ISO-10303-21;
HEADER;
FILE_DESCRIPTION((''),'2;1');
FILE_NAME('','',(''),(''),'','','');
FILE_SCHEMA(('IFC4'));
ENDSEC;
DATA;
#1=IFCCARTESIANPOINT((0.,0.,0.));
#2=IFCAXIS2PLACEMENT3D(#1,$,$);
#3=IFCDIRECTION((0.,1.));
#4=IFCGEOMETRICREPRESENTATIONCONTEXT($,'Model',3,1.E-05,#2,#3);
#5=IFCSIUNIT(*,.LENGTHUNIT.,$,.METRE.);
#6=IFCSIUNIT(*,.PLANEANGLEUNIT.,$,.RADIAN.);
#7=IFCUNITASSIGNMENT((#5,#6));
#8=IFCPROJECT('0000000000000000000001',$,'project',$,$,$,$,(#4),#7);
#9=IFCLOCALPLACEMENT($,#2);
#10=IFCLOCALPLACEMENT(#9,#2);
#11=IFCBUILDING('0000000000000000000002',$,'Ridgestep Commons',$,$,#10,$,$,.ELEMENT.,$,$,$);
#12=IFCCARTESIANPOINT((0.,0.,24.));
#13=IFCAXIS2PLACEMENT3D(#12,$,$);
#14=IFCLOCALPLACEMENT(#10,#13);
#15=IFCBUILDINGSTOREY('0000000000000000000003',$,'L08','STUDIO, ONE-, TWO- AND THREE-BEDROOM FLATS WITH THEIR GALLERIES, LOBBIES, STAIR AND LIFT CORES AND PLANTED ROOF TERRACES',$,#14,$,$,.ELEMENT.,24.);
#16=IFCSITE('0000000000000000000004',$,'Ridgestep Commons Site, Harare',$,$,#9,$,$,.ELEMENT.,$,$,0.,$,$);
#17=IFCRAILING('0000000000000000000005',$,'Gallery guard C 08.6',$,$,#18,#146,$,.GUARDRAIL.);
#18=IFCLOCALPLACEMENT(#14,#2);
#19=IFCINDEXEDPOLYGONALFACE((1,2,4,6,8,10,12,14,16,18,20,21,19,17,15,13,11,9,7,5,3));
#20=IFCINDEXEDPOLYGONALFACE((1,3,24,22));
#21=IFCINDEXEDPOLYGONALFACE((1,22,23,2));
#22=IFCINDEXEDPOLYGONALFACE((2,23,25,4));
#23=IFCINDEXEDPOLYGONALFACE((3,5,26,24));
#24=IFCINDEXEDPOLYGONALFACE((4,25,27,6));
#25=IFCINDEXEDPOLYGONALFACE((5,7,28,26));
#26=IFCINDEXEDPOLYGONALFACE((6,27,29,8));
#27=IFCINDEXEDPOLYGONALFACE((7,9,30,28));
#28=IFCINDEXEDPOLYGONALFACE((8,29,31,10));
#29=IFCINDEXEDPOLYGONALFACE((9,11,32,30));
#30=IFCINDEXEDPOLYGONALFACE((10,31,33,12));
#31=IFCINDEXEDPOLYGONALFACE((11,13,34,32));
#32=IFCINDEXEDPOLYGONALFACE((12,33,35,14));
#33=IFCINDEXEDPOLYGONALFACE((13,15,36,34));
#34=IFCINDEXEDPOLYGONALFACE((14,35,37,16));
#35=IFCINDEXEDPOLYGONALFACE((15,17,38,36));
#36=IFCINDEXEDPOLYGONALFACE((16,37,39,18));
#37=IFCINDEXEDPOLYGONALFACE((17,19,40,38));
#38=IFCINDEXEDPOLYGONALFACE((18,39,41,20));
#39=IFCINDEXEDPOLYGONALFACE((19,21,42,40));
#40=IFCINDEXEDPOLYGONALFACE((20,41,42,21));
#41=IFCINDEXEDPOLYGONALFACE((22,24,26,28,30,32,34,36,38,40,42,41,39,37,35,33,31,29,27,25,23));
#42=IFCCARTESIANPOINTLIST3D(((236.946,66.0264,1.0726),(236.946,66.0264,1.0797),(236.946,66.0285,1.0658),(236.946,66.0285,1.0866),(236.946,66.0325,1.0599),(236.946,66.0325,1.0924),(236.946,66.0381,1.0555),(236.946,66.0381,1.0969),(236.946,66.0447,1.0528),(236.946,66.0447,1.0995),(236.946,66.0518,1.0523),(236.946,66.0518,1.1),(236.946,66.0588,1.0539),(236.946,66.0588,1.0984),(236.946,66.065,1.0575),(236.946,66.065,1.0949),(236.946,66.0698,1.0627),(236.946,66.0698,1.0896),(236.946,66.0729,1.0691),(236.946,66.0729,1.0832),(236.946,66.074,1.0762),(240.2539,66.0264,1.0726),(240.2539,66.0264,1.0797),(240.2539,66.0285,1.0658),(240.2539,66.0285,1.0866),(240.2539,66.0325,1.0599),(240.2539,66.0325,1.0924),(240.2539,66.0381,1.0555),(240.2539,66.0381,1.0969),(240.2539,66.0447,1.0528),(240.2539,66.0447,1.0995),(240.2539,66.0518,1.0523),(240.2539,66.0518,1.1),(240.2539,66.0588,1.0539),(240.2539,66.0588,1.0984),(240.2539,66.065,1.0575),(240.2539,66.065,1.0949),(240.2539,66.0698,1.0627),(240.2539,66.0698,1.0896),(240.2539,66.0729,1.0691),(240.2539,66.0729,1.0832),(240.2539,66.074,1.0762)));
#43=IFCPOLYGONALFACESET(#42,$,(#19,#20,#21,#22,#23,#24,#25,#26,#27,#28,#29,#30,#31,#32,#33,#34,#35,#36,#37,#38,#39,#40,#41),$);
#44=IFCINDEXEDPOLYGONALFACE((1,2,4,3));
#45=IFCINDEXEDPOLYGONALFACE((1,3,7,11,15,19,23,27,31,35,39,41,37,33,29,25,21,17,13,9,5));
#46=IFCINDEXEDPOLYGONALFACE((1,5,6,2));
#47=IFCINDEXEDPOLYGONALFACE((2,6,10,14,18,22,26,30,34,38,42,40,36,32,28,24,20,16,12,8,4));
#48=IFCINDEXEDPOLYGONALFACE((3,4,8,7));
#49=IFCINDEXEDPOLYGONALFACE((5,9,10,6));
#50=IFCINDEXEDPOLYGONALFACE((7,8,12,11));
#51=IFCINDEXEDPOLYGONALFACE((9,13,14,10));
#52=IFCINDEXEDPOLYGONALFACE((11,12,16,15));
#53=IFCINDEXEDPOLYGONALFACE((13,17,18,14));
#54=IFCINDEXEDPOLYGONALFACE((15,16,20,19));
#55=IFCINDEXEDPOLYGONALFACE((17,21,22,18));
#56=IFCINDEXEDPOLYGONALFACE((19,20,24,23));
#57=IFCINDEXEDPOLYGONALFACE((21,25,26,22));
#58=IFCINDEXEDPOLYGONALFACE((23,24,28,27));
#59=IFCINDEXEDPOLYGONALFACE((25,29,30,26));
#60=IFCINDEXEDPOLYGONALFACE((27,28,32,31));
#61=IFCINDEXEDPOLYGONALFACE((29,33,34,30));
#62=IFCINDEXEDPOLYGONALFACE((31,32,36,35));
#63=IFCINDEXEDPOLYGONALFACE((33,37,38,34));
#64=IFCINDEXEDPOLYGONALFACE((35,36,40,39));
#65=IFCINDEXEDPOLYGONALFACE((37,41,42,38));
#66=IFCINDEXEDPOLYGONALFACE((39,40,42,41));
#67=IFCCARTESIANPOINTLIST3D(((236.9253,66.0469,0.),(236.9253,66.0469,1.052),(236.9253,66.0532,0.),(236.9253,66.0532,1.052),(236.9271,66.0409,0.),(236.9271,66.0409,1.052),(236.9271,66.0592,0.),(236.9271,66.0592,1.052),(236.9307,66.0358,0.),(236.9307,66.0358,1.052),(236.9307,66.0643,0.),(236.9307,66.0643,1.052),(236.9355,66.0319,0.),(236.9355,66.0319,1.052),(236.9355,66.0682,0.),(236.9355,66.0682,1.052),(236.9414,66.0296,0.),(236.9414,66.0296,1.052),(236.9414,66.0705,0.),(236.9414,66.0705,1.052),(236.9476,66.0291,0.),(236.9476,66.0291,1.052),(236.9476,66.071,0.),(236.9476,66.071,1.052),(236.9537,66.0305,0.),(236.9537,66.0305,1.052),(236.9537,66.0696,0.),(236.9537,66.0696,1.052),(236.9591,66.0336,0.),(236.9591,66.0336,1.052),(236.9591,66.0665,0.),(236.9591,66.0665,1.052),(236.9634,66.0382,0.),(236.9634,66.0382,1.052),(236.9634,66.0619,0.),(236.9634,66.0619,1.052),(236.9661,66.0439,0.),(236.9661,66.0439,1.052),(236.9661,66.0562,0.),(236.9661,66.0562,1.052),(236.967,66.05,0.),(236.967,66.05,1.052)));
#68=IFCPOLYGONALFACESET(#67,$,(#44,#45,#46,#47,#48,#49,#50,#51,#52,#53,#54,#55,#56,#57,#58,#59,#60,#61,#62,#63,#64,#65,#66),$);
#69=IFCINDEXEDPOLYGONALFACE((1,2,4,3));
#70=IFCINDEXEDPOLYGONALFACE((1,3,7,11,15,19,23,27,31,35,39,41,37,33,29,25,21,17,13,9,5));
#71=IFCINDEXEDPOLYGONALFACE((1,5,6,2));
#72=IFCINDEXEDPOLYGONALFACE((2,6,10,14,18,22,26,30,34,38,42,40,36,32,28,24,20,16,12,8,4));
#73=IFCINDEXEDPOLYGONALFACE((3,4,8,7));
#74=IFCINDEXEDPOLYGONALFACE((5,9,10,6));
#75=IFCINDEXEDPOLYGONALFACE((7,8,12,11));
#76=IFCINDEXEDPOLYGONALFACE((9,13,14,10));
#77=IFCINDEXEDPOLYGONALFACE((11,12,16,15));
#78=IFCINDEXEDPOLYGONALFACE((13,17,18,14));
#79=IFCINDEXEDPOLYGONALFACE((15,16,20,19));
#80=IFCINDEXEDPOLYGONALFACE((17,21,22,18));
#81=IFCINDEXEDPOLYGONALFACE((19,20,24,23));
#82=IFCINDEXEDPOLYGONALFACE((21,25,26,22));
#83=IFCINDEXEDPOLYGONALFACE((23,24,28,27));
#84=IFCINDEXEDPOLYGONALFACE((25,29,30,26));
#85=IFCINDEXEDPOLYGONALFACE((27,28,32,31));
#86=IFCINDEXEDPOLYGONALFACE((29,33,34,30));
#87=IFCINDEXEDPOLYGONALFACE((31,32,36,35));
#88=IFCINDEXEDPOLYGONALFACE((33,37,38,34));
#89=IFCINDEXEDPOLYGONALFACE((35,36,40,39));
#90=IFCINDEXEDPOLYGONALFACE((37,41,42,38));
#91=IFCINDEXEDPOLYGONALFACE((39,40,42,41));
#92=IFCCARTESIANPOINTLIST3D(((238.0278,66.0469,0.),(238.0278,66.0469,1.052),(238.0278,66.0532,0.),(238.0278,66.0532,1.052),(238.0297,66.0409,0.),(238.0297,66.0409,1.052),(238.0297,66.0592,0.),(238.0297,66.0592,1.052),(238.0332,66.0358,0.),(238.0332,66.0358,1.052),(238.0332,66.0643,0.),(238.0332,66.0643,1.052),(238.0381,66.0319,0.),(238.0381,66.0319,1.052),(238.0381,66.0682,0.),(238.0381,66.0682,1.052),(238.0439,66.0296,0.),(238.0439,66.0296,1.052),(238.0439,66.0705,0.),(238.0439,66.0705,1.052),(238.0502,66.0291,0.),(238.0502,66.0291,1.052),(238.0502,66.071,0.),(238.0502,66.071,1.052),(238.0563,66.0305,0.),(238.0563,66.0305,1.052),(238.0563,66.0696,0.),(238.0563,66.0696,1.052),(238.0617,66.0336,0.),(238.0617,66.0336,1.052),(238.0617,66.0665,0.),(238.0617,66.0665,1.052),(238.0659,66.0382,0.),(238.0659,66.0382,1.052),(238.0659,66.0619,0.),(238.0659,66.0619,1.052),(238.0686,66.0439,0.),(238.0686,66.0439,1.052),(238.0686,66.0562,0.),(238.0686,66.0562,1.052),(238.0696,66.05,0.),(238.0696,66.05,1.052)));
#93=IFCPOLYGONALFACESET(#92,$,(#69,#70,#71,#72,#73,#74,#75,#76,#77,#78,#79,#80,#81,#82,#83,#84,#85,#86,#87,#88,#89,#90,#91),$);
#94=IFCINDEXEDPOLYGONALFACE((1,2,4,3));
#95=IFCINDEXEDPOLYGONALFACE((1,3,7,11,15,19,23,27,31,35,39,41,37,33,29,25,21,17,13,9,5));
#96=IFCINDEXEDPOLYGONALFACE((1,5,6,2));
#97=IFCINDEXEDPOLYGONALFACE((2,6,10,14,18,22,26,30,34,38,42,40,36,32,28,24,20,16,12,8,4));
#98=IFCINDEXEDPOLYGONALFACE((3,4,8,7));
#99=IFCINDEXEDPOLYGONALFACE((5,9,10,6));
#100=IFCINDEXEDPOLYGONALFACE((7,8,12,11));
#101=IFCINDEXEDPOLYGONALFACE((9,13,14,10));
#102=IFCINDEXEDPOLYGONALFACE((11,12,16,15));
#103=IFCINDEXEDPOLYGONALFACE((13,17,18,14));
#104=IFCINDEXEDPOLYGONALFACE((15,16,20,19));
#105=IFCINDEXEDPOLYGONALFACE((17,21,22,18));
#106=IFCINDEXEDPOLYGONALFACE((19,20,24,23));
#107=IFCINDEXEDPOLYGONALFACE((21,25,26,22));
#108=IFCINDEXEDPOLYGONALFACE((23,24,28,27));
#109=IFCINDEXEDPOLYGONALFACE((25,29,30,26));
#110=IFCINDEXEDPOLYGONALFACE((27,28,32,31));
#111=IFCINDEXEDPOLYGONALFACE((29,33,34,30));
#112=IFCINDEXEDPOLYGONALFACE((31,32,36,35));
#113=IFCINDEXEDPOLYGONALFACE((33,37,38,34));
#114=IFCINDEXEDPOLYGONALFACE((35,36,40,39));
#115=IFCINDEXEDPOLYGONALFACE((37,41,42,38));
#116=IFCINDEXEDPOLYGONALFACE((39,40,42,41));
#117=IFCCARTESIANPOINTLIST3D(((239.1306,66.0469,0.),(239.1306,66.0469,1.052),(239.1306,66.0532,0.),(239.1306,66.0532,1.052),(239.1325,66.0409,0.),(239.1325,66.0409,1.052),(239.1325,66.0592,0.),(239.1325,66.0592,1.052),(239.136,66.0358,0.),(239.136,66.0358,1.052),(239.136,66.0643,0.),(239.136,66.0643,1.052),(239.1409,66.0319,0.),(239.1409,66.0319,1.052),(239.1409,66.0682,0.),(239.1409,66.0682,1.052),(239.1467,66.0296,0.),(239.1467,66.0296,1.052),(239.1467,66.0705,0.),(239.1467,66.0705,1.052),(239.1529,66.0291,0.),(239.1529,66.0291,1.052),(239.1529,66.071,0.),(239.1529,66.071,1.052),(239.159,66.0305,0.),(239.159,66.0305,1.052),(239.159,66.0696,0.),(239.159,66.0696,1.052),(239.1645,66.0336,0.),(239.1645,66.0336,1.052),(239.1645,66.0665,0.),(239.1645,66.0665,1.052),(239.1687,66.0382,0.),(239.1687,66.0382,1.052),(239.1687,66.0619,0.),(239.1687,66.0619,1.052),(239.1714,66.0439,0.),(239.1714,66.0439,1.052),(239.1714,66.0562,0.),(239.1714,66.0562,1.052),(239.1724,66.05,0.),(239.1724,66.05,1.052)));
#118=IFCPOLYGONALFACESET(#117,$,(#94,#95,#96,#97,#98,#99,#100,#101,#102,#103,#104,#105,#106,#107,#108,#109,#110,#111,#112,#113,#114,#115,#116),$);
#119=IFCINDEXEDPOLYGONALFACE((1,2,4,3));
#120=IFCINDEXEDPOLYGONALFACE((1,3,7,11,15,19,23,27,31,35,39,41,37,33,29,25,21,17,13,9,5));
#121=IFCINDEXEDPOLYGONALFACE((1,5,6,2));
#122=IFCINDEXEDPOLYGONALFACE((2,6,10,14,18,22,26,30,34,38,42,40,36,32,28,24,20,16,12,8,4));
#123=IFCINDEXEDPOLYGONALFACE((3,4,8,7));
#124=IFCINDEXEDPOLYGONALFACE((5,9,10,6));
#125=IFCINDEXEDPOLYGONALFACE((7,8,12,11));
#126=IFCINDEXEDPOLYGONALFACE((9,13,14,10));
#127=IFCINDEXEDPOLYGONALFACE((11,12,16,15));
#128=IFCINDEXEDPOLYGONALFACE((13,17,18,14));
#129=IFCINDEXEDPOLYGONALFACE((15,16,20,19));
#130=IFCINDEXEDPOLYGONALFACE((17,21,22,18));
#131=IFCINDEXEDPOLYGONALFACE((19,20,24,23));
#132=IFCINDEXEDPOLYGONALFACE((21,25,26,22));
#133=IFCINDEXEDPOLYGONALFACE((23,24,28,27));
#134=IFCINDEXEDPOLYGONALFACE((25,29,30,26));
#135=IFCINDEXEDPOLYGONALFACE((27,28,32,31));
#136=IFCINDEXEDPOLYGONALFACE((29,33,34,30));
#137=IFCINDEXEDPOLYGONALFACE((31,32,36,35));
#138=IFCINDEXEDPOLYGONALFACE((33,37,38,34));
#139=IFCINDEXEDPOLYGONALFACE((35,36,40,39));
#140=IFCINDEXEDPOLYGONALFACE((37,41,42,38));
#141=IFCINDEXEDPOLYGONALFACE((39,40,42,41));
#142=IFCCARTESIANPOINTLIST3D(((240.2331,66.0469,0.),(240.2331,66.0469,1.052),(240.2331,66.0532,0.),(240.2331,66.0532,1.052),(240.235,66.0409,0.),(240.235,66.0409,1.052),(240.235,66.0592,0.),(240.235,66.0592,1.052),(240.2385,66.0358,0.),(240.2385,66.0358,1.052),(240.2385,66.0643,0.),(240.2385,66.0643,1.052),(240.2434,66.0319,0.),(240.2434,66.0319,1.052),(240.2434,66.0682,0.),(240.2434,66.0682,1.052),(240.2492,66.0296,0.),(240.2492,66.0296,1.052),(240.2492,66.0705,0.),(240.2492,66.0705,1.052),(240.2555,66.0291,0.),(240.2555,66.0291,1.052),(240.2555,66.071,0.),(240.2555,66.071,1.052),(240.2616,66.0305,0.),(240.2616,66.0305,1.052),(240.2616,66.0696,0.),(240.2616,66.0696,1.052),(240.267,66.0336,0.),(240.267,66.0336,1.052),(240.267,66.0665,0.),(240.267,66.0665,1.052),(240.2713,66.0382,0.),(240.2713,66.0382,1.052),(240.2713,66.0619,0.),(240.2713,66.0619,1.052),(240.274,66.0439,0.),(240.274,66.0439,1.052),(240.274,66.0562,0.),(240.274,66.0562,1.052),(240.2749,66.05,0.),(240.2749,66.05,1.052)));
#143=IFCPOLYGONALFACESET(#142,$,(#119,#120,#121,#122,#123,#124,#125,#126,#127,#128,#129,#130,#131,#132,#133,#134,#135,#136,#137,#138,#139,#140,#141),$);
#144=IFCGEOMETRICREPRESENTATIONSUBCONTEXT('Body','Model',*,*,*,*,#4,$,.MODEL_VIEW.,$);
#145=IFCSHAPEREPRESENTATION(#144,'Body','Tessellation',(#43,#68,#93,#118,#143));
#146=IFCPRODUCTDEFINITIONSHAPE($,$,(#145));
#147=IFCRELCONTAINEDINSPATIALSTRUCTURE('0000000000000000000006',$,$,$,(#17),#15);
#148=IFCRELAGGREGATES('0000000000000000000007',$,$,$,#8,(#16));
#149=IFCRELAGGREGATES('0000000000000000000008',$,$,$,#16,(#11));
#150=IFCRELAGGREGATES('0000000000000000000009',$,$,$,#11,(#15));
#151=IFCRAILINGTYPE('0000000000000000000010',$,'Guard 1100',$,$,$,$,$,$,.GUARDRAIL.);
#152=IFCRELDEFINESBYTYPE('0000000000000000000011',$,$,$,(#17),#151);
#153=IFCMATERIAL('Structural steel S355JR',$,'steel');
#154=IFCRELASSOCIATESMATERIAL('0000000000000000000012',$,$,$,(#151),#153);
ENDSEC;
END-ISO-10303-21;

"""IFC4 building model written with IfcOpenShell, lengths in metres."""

from ifc_helpers import new_model, si_unit, direction, frame, origin, origin_2d, place, context, subcontext, project, spatial, circle, extrude, material, type_object, element, save


model = new_model("IFC4")

# Units and contexts
model_context = context("Model", 3, precision=1e-05, world=origin(), true_north=direction((0.0, 1.0)))
body_context = subcontext(model_context, "Body", "Model", "MODEL_VIEW")
ifc_project = project(units=[si_unit("LENGTHUNIT", "METRE"), si_unit("PLANEANGLEUNIT", "RADIAN")], contexts=[model_context])

# Site, building, storey
site_placement = place(None, origin())
site = spatial("IfcSite", under=ifc_project, at=site_placement, Name="Ridgestep Commons Site, Harare", CompositionType="ELEMENT", RefElevation=0.0)
building_placement = place(site_placement, origin())
building = spatial("IfcBuilding", under=site, at=building_placement, Name="Ridgestep Commons", CompositionType="ELEMENT")
storey_placement = place(building_placement, frame((0.0, 0.0, 24.0)))
storey = spatial("IfcBuildingStorey", under=building, at=storey_placement, Name="L08", Description="STUDIO, ONE-, TWO- AND THREE-BEDROOM FLATS WITH THEIR GALLERIES, LOBBIES, STAIR AND LIFT CORES AND PLANTED ROOF TERRACES", CompositionType="ELEMENT", Elevation=24.0)

# Railing
ifc_material_1 = material(Name="Structural steel S355JR", Category="steel")
railing_type_1 = type_object("IfcRailingType", Name="Guard 1100", PredefinedType="GUARDRAIL", material=ifc_material_1)
railing_1_placement = place(storey_placement, frame((236.946, 66.05, 0.0)))
element("IfcRailing", 1, at=railing_1_placement, inside=storey, type_object=railing_type_1, Name="Gallery guard C 08.6", PredefinedType="GUARDRAIL", context=body_context, shape_type="SweptSolid", body=[
    extrude(circle(Radius=0.0239, at=origin_2d()), frame((0.0, 0.0, 1.0762), z_axis=(1.0, 0.0, 0.0), x_axis=(0.0, 1.0, 0.0)), (0.0, 0.0, 1.0), 3.3079),
    extrude(circle(Radius=0.021, at=origin_2d()), origin(), (0.0, 0.0, 1.0), 1.052),
    extrude(circle(Radius=0.021, at=origin_2d()), frame((1.1025, 0.0, 0.0)), (0.0, 0.0, 1.0), 1.052),
    extrude(circle(Radius=0.021, at=origin_2d()), frame((2.2053, 0.0, 0.0)), (0.0, 0.0, 1.0), 1.052),
    extrude(circle(Radius=0.021, at=origin_2d()), frame((3.3079, 0.0, 0.0)), (0.0, 0.0, 1.0), 1.052),
])

save(model, "model.ifc")
